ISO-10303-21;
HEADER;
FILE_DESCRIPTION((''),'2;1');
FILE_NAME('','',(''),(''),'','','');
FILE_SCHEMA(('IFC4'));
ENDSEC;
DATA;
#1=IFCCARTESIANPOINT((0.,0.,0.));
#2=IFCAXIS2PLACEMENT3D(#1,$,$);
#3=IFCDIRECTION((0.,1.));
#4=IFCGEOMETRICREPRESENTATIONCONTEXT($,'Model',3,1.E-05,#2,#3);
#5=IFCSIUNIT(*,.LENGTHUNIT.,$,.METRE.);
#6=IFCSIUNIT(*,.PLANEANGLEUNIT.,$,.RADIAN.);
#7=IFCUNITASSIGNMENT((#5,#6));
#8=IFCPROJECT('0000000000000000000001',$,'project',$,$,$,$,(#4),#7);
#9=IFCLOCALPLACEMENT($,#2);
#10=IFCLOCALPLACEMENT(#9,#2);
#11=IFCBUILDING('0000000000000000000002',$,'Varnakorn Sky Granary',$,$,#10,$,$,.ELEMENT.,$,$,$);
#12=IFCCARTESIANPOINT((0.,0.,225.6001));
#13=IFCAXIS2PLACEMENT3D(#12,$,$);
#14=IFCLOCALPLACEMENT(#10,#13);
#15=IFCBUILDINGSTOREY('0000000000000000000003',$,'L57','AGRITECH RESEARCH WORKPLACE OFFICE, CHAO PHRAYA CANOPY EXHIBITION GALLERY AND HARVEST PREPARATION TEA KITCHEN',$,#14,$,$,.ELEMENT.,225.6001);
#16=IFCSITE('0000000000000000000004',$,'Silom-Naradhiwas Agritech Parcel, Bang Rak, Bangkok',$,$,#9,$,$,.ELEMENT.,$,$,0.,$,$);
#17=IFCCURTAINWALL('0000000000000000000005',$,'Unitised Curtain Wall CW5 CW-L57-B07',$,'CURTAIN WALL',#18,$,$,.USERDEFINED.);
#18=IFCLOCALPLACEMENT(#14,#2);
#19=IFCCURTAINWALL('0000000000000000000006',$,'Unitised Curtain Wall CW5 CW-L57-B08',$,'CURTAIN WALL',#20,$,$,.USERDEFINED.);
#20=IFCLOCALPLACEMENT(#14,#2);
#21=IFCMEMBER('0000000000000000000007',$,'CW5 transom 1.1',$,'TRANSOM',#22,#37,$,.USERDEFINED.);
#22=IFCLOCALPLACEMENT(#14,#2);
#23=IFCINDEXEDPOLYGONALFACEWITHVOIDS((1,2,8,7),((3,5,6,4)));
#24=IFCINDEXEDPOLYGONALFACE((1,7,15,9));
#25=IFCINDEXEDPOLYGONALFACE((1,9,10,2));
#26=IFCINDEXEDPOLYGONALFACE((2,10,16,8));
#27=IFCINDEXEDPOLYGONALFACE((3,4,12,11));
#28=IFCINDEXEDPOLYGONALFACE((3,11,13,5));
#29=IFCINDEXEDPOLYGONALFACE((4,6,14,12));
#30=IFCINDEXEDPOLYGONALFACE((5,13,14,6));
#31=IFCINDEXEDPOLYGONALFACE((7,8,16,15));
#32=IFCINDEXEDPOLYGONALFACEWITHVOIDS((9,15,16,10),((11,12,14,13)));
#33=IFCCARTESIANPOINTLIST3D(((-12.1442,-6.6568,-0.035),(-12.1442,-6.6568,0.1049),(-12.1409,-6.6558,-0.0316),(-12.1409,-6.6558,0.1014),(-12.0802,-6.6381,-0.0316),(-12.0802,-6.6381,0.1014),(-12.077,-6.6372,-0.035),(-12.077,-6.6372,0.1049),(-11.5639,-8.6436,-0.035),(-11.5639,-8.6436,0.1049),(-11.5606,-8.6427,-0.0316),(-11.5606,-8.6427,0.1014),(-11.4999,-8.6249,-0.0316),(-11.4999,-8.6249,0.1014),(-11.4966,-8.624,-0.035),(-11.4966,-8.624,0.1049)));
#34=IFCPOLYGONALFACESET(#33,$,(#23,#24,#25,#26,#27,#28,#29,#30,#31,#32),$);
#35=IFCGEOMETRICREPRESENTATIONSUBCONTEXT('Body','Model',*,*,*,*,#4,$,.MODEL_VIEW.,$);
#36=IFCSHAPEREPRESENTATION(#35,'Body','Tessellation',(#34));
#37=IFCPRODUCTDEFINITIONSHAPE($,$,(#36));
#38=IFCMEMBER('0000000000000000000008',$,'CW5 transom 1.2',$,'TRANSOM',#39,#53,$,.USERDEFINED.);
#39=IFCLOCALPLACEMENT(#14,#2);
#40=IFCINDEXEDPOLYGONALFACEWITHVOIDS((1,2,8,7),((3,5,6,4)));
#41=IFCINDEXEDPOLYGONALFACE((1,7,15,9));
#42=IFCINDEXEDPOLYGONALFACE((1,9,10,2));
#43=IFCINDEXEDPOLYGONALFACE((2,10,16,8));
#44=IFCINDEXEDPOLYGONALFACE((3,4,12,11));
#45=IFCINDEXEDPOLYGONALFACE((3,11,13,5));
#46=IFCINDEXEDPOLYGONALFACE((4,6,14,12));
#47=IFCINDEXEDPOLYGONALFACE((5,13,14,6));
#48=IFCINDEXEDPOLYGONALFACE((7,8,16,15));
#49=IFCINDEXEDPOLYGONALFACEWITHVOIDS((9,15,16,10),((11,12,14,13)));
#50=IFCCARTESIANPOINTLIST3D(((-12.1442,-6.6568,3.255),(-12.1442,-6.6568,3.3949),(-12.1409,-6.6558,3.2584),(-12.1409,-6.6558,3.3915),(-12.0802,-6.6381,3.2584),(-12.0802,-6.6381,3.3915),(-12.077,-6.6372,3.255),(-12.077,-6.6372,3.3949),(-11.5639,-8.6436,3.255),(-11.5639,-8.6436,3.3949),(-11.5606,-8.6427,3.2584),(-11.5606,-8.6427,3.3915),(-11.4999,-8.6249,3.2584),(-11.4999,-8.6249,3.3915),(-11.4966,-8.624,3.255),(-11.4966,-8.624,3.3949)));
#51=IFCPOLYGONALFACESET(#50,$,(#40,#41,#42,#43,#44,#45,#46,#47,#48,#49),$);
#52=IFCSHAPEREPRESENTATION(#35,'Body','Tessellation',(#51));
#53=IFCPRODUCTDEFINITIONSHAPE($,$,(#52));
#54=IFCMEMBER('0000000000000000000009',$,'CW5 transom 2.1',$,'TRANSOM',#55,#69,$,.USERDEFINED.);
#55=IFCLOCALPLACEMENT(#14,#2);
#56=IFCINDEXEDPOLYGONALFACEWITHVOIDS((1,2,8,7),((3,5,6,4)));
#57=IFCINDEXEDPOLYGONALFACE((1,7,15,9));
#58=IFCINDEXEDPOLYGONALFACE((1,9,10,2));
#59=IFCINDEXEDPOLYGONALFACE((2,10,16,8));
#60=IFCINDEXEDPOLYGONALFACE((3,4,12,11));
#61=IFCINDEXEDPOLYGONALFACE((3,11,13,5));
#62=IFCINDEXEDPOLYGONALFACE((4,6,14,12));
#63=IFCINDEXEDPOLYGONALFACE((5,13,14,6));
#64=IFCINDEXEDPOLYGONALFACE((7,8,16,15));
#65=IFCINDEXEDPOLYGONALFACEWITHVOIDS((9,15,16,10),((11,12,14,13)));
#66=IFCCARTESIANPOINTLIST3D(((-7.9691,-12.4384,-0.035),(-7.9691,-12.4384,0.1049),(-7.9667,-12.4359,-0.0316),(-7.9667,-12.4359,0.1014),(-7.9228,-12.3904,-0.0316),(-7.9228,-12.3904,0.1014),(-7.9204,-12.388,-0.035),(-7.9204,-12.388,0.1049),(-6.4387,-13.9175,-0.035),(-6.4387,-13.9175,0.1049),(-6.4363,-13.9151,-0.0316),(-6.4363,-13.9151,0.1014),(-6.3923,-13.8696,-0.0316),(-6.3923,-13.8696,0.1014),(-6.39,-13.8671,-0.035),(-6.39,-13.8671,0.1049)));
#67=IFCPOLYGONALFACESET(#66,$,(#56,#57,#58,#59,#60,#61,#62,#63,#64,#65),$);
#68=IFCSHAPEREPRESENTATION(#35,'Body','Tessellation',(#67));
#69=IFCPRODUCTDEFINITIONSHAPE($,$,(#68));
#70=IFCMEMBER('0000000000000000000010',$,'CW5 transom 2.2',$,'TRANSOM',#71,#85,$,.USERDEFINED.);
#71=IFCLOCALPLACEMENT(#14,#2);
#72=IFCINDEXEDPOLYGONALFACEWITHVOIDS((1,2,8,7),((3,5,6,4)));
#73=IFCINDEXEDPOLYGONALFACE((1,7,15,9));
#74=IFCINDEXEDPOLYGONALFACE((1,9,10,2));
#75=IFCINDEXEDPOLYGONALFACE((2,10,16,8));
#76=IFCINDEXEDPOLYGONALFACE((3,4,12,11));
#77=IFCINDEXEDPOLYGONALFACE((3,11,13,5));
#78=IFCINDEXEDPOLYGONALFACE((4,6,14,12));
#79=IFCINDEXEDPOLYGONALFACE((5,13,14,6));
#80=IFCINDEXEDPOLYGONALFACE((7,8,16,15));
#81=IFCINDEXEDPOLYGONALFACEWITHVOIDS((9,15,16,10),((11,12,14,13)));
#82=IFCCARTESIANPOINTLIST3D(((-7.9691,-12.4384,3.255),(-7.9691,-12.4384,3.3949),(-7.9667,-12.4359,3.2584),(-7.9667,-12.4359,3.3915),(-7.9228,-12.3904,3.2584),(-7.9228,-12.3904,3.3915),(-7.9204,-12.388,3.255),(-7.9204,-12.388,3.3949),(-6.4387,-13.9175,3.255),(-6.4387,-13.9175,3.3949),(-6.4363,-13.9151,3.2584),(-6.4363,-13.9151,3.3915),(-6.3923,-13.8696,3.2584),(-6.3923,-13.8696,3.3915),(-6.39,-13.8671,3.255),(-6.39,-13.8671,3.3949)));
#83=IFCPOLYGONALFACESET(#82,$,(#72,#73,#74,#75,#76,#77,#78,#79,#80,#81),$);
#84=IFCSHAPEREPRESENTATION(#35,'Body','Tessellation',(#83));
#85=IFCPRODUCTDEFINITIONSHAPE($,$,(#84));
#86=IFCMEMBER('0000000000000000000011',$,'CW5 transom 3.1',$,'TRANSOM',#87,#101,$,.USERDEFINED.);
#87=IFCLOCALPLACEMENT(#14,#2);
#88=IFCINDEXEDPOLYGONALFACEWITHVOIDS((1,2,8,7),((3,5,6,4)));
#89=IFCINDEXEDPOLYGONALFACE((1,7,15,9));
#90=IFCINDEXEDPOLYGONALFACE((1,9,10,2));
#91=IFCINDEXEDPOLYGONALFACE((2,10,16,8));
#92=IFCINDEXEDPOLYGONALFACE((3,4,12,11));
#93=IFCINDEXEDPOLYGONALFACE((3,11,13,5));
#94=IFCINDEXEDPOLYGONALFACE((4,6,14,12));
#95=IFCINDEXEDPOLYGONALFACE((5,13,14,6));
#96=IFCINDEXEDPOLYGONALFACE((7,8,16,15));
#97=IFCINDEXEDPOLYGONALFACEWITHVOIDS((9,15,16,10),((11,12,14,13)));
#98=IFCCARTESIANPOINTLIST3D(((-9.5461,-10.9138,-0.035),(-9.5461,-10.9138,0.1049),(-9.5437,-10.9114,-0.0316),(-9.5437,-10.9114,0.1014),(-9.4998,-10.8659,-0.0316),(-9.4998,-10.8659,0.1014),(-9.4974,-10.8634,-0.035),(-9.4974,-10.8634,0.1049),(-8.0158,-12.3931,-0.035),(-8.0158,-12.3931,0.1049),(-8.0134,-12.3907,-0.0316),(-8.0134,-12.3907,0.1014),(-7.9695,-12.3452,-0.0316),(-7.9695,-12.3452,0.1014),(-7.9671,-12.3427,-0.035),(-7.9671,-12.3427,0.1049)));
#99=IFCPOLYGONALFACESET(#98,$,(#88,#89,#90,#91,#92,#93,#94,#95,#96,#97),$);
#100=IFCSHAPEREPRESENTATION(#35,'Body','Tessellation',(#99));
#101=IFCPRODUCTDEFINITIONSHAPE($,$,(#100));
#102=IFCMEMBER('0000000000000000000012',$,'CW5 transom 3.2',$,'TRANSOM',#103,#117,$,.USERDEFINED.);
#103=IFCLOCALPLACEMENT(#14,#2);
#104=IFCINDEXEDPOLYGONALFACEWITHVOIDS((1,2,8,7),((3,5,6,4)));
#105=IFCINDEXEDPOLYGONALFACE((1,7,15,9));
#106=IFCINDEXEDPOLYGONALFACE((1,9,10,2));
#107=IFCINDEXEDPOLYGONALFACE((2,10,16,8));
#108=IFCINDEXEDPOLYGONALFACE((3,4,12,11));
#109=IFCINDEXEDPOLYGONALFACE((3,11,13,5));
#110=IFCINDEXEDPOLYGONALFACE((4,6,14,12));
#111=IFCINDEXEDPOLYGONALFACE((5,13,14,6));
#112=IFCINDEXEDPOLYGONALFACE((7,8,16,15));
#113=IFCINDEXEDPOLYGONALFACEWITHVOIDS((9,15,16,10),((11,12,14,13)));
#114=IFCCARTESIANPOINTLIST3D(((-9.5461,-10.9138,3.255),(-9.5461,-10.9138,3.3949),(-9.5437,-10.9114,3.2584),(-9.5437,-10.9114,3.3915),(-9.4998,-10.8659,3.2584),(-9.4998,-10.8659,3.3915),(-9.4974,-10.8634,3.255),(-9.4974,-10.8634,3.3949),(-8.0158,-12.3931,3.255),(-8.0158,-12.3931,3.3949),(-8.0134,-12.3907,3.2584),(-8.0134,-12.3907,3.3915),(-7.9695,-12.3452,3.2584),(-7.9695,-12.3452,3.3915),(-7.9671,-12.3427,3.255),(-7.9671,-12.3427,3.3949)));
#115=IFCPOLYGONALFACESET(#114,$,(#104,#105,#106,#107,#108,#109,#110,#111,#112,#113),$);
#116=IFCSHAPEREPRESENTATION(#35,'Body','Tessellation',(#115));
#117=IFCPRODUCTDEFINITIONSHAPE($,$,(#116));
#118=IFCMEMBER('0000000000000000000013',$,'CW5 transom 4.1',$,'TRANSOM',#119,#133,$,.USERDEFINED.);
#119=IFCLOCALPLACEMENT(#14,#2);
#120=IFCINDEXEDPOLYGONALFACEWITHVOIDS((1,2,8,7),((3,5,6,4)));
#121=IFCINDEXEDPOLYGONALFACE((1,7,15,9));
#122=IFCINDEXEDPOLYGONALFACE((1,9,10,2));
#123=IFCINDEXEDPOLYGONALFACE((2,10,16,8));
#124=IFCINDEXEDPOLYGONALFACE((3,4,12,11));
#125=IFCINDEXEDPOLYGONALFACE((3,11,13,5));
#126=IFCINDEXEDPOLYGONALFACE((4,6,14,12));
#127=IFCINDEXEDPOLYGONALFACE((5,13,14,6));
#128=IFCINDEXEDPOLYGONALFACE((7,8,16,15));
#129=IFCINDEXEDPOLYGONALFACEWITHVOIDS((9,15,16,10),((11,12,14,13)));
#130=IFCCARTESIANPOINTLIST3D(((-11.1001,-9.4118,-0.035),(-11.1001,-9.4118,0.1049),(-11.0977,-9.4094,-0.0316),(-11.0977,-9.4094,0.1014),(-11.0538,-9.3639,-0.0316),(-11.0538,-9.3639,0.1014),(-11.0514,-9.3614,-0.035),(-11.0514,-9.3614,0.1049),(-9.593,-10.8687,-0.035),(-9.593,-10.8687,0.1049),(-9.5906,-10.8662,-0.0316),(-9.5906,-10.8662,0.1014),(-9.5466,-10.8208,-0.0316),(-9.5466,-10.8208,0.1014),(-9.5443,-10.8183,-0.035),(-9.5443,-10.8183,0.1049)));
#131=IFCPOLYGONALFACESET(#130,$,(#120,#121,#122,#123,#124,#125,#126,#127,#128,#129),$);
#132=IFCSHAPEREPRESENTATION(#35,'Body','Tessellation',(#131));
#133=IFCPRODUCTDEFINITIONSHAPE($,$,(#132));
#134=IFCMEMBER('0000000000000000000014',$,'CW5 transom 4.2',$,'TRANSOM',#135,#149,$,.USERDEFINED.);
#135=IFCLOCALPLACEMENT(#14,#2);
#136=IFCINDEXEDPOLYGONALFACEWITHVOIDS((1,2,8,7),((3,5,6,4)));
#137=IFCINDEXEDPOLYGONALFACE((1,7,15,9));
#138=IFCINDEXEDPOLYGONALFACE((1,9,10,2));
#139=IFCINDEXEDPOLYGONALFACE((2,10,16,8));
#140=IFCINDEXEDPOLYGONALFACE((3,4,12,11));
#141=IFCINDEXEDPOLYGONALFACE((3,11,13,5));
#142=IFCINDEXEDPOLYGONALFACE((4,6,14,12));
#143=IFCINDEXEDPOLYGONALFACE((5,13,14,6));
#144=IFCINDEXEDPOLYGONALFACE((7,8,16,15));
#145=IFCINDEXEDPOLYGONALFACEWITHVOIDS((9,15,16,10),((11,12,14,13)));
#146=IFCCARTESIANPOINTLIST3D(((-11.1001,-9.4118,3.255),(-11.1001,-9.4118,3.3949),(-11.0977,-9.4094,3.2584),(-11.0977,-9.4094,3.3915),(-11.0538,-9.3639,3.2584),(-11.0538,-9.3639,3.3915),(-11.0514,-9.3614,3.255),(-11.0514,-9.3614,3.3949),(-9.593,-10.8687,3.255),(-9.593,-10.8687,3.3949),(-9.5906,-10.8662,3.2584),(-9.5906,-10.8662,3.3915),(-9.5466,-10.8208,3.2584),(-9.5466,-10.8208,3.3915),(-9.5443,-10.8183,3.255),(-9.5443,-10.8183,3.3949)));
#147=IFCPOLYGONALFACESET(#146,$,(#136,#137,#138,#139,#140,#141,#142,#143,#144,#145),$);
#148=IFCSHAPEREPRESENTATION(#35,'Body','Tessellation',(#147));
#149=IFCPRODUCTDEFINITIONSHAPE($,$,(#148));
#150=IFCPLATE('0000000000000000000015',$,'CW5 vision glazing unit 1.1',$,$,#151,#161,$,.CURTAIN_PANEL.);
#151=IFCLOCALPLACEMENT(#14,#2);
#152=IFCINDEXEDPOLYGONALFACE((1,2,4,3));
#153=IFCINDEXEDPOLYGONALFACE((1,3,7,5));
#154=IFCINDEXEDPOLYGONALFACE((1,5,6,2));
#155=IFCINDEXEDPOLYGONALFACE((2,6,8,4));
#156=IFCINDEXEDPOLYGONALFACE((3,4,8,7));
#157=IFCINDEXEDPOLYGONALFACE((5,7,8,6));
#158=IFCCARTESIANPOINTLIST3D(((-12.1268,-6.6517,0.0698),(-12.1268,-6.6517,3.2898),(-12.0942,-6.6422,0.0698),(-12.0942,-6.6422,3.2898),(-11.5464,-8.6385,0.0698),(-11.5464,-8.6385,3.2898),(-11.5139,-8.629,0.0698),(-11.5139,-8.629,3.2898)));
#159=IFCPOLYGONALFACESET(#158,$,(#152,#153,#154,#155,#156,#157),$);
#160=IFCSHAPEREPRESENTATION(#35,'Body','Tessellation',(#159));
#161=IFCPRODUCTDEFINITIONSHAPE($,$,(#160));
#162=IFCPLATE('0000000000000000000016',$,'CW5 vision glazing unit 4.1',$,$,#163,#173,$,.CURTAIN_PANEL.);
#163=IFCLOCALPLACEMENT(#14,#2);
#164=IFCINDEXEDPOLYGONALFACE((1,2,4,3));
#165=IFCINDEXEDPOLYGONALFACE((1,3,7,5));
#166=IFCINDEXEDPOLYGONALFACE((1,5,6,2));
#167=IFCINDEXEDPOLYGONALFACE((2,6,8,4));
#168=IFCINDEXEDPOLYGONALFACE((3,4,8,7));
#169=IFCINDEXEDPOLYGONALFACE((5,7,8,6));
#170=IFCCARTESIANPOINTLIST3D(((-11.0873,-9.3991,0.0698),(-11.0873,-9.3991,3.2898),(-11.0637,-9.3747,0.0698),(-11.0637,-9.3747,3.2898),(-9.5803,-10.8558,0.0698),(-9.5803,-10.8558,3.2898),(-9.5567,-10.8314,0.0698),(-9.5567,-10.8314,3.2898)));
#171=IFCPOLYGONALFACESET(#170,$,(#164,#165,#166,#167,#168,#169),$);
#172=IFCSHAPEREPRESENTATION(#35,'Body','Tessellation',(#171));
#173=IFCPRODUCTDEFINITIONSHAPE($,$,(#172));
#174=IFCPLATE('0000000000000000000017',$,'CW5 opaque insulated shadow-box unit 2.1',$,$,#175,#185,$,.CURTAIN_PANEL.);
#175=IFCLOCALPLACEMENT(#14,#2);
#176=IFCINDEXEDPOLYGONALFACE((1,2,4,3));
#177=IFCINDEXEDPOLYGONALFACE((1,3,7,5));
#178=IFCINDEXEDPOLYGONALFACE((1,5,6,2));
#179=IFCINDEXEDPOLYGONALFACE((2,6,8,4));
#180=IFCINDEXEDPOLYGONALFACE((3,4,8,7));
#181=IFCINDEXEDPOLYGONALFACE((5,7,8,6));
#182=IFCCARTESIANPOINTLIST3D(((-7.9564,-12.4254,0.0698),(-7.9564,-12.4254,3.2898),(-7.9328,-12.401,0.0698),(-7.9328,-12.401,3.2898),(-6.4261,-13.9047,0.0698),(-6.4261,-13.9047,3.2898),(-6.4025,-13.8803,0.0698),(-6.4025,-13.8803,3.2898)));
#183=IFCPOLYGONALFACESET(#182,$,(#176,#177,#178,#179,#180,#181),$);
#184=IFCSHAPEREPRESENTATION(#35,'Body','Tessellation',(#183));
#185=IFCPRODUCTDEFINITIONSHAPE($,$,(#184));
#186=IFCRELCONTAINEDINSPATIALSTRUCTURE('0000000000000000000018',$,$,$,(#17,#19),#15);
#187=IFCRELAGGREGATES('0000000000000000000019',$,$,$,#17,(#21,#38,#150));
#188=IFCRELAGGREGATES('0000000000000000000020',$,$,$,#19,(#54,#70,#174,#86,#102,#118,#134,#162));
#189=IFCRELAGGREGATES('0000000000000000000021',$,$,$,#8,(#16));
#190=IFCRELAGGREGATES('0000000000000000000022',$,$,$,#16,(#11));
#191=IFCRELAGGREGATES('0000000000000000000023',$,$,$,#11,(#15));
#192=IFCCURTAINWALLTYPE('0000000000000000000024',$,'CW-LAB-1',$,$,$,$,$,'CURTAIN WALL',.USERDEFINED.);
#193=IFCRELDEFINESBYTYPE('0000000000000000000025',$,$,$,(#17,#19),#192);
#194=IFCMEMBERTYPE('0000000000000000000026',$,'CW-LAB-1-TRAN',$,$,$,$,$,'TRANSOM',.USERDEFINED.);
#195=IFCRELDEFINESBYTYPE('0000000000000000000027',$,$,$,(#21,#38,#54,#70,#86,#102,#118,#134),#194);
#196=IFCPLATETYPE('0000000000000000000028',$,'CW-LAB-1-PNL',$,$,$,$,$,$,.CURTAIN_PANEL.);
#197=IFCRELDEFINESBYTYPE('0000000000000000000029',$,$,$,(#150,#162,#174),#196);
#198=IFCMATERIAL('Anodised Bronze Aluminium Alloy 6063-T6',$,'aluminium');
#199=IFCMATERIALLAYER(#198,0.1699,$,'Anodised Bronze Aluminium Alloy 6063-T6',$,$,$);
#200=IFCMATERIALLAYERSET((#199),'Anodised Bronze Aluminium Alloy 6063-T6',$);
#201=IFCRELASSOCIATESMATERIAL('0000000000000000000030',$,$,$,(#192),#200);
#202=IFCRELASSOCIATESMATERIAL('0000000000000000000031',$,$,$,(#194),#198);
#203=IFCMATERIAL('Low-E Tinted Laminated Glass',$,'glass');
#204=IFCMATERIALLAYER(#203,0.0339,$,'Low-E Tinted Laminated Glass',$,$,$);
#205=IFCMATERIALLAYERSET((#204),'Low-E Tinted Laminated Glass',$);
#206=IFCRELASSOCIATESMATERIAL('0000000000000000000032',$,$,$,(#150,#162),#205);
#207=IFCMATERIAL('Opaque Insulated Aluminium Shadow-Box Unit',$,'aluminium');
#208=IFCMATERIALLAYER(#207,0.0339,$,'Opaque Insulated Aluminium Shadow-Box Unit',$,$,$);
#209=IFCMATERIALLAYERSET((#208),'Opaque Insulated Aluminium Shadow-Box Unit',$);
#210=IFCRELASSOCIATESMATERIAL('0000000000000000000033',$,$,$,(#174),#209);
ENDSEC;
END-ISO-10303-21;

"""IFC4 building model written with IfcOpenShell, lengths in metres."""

from ifc_helpers import new_model, si_unit, direction, frame, origin, origin_2d, place, context, subcontext, project, spatial, rectangle, hollow_rectangle, extrude, source, transform, mapped, material, layer, layer_set, material_profile, profile_set, type_object, type_shapes, element, aggregate, save


model = new_model("IFC4")

# Units and contexts
model_context = context("Model", 3, precision=1e-05, world=origin(), true_north=direction((0.0, 1.0)))
body_context = subcontext(model_context, "Body", "Model", "MODEL_VIEW")
ifc_project = project(units=[si_unit("LENGTHUNIT", "METRE"), si_unit("PLANEANGLEUNIT", "RADIAN")], contexts=[model_context])

# Site, building, storey
site_placement = place(None, origin())
site = spatial("IfcSite", under=ifc_project, at=site_placement, Name="Silom-Naradhiwas Agritech Parcel, Bang Rak, Bangkok", CompositionType="ELEMENT", RefElevation=0.0)
building_placement = place(site_placement, origin())
building = spatial("IfcBuilding", under=site, at=building_placement, Name="Varnakorn Sky Granary", CompositionType="ELEMENT")
storey_placement = place(building_placement, frame((0.0, 0.0, 225.6001)))
storey = spatial("IfcBuildingStorey", under=building, at=storey_placement, Name="L57", Description="AGRITECH RESEARCH WORKPLACE OFFICE, CHAO PHRAYA CANOPY EXHIBITION GALLERY AND HARVEST PREPARATION TEA KITCHEN", CompositionType="ELEMENT", Elevation=225.6001)

# Curtain wall
ifc_material_1 = material(Name="Anodised Bronze Aluminium Alloy 6063-T6", Category="aluminium")
ifc_layer_1 = layer(ifc_material_1, 0.1699, Name="Anodised Bronze Aluminium Alloy 6063-T6")
ifc_layer_set_1 = layer_set([ifc_layer_1], Name="Anodised Bronze Aluminium Alloy 6063-T6")
curtain_wall_type = type_object("IfcCurtainWallType", Name="CW-LAB-1", ElementType="CURTAIN WALL", PredefinedType="USERDEFINED", material=ifc_layer_set_1)
curtain_wall_1_placement = place(storey_placement, origin())
curtain_wall_1 = element("IfcCurtainWall", 1, at=curtain_wall_1_placement, inside=storey, type_object=curtain_wall_type, Name="Unitised Curtain Wall CW5 CW-L57-B07", ObjectType="CURTAIN WALL", PredefinedType="USERDEFINED")

# Curtain wall
curtain_wall_2_placement = place(storey_placement, origin())
curtain_wall_2 = element("IfcCurtainWall", 2, at=curtain_wall_2_placement, inside=storey, type_object=curtain_wall_type, Name="Unitised Curtain Wall CW5 CW-L57-B08", ObjectType="CURTAIN WALL", PredefinedType="USERDEFINED")

# Members
ifc_material_profile_1 = material_profile(ifc_material_1, hollow_rectangle(XDim=0.0701, YDim=0.1399, WallThickness=0.0034, at=origin_2d()), Name="ALU TRAN 70x140")
ifc_profile_set_1 = profile_set([ifc_material_profile_1], Name="Anodised Bronze Aluminium Alloy 6063-T6")
member_type_1 = type_object("IfcMemberType", Name="CW-LAB-1-TRAN", ElementType="TRANSOM", PredefinedType="USERDEFINED", material=ifc_profile_set_1)
member_1_placement = place(storey_placement, frame((-11.5303, -8.6338, 0.0349), z_axis=(-0.280371, 0.959892, 0.0), x_axis=(-0.959892, -0.280371, 0.0)))
member_1 = element("IfcMember", 3, at=member_1_placement, type_object=member_type_1, Name="CW5 transom 1.1", ObjectType="TRANSOM", PredefinedType="USERDEFINED", context=body_context, shape_type="SweptSolid", body=[
    extrude(hollow_rectangle(XDim=0.0701, YDim=0.1399, WallThickness=0.0034, at=origin_2d()), origin(), (0.0, 0.0, 1.0), 2.0698),
])
member_2_placement = place(storey_placement, frame((-11.5303, -8.6338, 3.325), z_axis=(-0.280371, 0.959892, 0.0), x_axis=(-0.959892, -0.280371, 0.0)))
member_2 = element("IfcMember", 4, at=member_2_placement, type_object=member_type_1, Name="CW5 transom 1.2", ObjectType="TRANSOM", PredefinedType="USERDEFINED", context=body_context, shape_type="SweptSolid", body=[
    extrude(hollow_rectangle(XDim=0.0701, YDim=0.1399, WallThickness=0.0034, at=origin_2d()), origin(), (0.0, 0.0, 1.0), 2.0698),
])
member_3_placement = place(storey_placement, frame((-6.4143, -13.8923, 0.0349), z_axis=(-0.719048, 0.694961, 0.0), x_axis=(-0.694961, -0.719048, 0.0)))
member_3 = element("IfcMember", 5, at=member_3_placement, type_object=member_type_1, Name="CW5 transom 2.1", ObjectType="TRANSOM", PredefinedType="USERDEFINED", context=body_context, shape_type="SweptSolid", body=[
    extrude(hollow_rectangle(XDim=0.0701, YDim=0.1399, WallThickness=0.0034, at=origin_2d()), origin(), (0.0, 0.0, 1.0), 2.1284),
])
member_4_placement = place(storey_placement, frame((-6.4143, -13.8923, 3.325), z_axis=(-0.719048, 0.694961, 0.0), x_axis=(-0.694961, -0.719048, 0.0)))
member_4 = element("IfcMember", 6, at=member_4_placement, type_object=member_type_1, Name="CW5 transom 2.2", ObjectType="TRANSOM", PredefinedType="USERDEFINED", context=body_context, shape_type="SweptSolid", body=[
    extrude(hollow_rectangle(XDim=0.0701, YDim=0.1399, WallThickness=0.0034, at=origin_2d()), origin(), (0.0, 0.0, 1.0), 2.1284),
])
member_5_placement = place(storey_placement, frame((-7.9915, -12.3679, 0.0349), z_axis=(-0.718992, 0.695018, 0.0), x_axis=(-0.695018, -0.718992, 0.0)))
member_5 = element("IfcMember", 7, at=member_5_placement, type_object=member_type_1, Name="CW5 transom 3.1", ObjectType="TRANSOM", PredefinedType="USERDEFINED", context=body_context, shape_type="SweptSolid", body=[
    extrude(hollow_rectangle(XDim=0.0701, YDim=0.1399, WallThickness=0.0034, at=origin_2d()), origin(), (0.0, 0.0, 1.0), 2.1284),
])
member_6_placement = place(storey_placement, frame((-7.9915, -12.3679, 3.325), z_axis=(-0.718992, 0.695018, 0.0), x_axis=(-0.695018, -0.718992, 0.0)))
member_6 = element("IfcMember", 8, at=member_6_placement, type_object=member_type_1, Name="CW5 transom 3.2", ObjectType="TRANSOM", PredefinedType="USERDEFINED", context=body_context, shape_type="SweptSolid", body=[
    extrude(hollow_rectangle(XDim=0.0701, YDim=0.1399, WallThickness=0.0034, at=origin_2d()), origin(), (0.0, 0.0, 1.0), 2.1284),
])
member_7_placement = place(storey_placement, frame((-9.5686, -10.8435, 0.0349), z_axis=(-0.719002, 0.695008, 0.0), x_axis=(-0.695008, -0.719002, 0.0)))
member_7 = element("IfcMember", 9, at=member_7_placement, type_object=member_type_1, Name="CW5 transom 4.1", ObjectType="TRANSOM", PredefinedType="USERDEFINED", context=body_context, shape_type="SweptSolid", body=[
    extrude(hollow_rectangle(XDim=0.0701, YDim=0.1399, WallThickness=0.0034, at=origin_2d()), origin(), (0.0, 0.0, 1.0), 2.0962),
])
member_8_placement = place(storey_placement, frame((-9.5686, -10.8435, 3.325), z_axis=(-0.719002, 0.695008, 0.0), x_axis=(-0.695008, -0.719002, 0.0)))
member_8 = element("IfcMember", 10, at=member_8_placement, type_object=member_type_1, Name="CW5 transom 4.2", ObjectType="TRANSOM", PredefinedType="USERDEFINED", context=body_context, shape_type="SweptSolid", body=[
    extrude(hollow_rectangle(XDim=0.0701, YDim=0.1399, WallThickness=0.0034, at=origin_2d()), origin(), (0.0, 0.0, 1.0), 2.0962),
])

# Plates
ifc_material_2 = material(Name="Low-E Tinted Laminated Glass", Category="glass")
ifc_layer_2 = layer(ifc_material_2, 0.0339, Name="Low-E Tinted Laminated Glass")
ifc_layer_set_2 = layer_set([ifc_layer_2], Name="Low-E Tinted Laminated Glass")
plate_type = type_object("IfcPlateType", Name="CW-LAB-1-PNL", PredefinedType="CURTAIN_PANEL")
shared_shape_1 = source(origin(), body_context, "Body", "SweptSolid", [
    extrude(rectangle(XDim=2.0698, YDim=0.0339, at=origin_2d()), origin(), (0.0, 0.0, 1.0), 3.22),
])
plate_1_placement = place(storey_placement, frame((-11.8203, -7.6404, 0.0698), z_axis=(0.0, 0.0, 1.0), x_axis=(-0.280376, 0.95989, 0.0)))
plate_1 = element("IfcPlate", 11, at=plate_1_placement, type_object=plate_type, material=ifc_layer_set_2, Name="CW5 vision glazing unit 1.1", PredefinedType="CURTAIN_PANEL", context=body_context, shape_type="MappedRepresentation", body=[
    mapped(shared_shape_1, transform((0.0, 0.0, 0.0), x_axis=(1.0, 0.0, 0.0), y_axis=(0.0, 1.0, 0.0), z_axis=(0.0, 0.0, 1.0), scale=1.0)),
])
aggregate(curtain_wall_1, [member_1, member_2, plate_1])
shared_shape_2 = source(origin(), body_context, "Body", "SweptSolid", [
    extrude(rectangle(XDim=2.0959, YDim=0.0339, at=origin_2d()), origin(), (0.0, 0.0, 1.0), 3.22),
])
plate_2_placement = place(storey_placement, frame((-10.322, -10.1152, 0.0698), z_axis=(0.0, 0.0, 1.0), x_axis=(-0.719001, 0.695009, 0.0)))
plate_2 = element("IfcPlate", 12, at=plate_2_placement, type_object=plate_type, material=ifc_layer_set_2, Name="CW5 vision glazing unit 4.1", PredefinedType="CURTAIN_PANEL", context=body_context, shape_type="MappedRepresentation", body=[
    mapped(shared_shape_2, transform((0.0, 0.0, 0.0), x_axis=(1.0, 0.0, 0.0), y_axis=(0.0, 1.0, 0.0), z_axis=(0.0, 0.0, 1.0), scale=1.0)),
])
ifc_material_3 = material(Name="Opaque Insulated Aluminium Shadow-Box Unit", Category="aluminium")
ifc_layer_3 = layer(ifc_material_3, 0.0339, Name="Opaque Insulated Aluminium Shadow-Box Unit")
ifc_layer_set_3 = layer_set([ifc_layer_3], Name="Opaque Insulated Aluminium Shadow-Box Unit")
shared_shape_3 = source(origin(), body_context, "Body", "SweptSolid", [
    extrude(rectangle(XDim=2.1284, YDim=0.0339, at=origin_2d()), origin(), (0.0, 0.0, 1.0), 3.22),
])
type_shapes(plate_type, [shared_shape_1, shared_shape_2, shared_shape_3])
plate_3_placement = place(storey_placement, frame((-7.1794, -13.1528, 0.0698), z_axis=(0.0, 0.0, 1.0), x_axis=(-0.719001, 0.695009, 0.0)))
plate_3 = element("IfcPlate", 13, at=plate_3_placement, type_object=plate_type, material=ifc_layer_set_3, Name="CW5 opaque insulated shadow-box unit 2.1", PredefinedType="CURTAIN_PANEL", context=body_context, shape_type="MappedRepresentation", body=[
    mapped(shared_shape_3, transform((0.0, 0.0, 0.0), x_axis=(1.0, 0.0, 0.0), y_axis=(0.0, 1.0, 0.0), z_axis=(0.0, 0.0, 1.0), scale=1.0)),
])
aggregate(curtain_wall_2, [member_3, member_4, plate_3, member_5, member_6, member_7, member_8, plate_2])

save(model, "model.ifc")
